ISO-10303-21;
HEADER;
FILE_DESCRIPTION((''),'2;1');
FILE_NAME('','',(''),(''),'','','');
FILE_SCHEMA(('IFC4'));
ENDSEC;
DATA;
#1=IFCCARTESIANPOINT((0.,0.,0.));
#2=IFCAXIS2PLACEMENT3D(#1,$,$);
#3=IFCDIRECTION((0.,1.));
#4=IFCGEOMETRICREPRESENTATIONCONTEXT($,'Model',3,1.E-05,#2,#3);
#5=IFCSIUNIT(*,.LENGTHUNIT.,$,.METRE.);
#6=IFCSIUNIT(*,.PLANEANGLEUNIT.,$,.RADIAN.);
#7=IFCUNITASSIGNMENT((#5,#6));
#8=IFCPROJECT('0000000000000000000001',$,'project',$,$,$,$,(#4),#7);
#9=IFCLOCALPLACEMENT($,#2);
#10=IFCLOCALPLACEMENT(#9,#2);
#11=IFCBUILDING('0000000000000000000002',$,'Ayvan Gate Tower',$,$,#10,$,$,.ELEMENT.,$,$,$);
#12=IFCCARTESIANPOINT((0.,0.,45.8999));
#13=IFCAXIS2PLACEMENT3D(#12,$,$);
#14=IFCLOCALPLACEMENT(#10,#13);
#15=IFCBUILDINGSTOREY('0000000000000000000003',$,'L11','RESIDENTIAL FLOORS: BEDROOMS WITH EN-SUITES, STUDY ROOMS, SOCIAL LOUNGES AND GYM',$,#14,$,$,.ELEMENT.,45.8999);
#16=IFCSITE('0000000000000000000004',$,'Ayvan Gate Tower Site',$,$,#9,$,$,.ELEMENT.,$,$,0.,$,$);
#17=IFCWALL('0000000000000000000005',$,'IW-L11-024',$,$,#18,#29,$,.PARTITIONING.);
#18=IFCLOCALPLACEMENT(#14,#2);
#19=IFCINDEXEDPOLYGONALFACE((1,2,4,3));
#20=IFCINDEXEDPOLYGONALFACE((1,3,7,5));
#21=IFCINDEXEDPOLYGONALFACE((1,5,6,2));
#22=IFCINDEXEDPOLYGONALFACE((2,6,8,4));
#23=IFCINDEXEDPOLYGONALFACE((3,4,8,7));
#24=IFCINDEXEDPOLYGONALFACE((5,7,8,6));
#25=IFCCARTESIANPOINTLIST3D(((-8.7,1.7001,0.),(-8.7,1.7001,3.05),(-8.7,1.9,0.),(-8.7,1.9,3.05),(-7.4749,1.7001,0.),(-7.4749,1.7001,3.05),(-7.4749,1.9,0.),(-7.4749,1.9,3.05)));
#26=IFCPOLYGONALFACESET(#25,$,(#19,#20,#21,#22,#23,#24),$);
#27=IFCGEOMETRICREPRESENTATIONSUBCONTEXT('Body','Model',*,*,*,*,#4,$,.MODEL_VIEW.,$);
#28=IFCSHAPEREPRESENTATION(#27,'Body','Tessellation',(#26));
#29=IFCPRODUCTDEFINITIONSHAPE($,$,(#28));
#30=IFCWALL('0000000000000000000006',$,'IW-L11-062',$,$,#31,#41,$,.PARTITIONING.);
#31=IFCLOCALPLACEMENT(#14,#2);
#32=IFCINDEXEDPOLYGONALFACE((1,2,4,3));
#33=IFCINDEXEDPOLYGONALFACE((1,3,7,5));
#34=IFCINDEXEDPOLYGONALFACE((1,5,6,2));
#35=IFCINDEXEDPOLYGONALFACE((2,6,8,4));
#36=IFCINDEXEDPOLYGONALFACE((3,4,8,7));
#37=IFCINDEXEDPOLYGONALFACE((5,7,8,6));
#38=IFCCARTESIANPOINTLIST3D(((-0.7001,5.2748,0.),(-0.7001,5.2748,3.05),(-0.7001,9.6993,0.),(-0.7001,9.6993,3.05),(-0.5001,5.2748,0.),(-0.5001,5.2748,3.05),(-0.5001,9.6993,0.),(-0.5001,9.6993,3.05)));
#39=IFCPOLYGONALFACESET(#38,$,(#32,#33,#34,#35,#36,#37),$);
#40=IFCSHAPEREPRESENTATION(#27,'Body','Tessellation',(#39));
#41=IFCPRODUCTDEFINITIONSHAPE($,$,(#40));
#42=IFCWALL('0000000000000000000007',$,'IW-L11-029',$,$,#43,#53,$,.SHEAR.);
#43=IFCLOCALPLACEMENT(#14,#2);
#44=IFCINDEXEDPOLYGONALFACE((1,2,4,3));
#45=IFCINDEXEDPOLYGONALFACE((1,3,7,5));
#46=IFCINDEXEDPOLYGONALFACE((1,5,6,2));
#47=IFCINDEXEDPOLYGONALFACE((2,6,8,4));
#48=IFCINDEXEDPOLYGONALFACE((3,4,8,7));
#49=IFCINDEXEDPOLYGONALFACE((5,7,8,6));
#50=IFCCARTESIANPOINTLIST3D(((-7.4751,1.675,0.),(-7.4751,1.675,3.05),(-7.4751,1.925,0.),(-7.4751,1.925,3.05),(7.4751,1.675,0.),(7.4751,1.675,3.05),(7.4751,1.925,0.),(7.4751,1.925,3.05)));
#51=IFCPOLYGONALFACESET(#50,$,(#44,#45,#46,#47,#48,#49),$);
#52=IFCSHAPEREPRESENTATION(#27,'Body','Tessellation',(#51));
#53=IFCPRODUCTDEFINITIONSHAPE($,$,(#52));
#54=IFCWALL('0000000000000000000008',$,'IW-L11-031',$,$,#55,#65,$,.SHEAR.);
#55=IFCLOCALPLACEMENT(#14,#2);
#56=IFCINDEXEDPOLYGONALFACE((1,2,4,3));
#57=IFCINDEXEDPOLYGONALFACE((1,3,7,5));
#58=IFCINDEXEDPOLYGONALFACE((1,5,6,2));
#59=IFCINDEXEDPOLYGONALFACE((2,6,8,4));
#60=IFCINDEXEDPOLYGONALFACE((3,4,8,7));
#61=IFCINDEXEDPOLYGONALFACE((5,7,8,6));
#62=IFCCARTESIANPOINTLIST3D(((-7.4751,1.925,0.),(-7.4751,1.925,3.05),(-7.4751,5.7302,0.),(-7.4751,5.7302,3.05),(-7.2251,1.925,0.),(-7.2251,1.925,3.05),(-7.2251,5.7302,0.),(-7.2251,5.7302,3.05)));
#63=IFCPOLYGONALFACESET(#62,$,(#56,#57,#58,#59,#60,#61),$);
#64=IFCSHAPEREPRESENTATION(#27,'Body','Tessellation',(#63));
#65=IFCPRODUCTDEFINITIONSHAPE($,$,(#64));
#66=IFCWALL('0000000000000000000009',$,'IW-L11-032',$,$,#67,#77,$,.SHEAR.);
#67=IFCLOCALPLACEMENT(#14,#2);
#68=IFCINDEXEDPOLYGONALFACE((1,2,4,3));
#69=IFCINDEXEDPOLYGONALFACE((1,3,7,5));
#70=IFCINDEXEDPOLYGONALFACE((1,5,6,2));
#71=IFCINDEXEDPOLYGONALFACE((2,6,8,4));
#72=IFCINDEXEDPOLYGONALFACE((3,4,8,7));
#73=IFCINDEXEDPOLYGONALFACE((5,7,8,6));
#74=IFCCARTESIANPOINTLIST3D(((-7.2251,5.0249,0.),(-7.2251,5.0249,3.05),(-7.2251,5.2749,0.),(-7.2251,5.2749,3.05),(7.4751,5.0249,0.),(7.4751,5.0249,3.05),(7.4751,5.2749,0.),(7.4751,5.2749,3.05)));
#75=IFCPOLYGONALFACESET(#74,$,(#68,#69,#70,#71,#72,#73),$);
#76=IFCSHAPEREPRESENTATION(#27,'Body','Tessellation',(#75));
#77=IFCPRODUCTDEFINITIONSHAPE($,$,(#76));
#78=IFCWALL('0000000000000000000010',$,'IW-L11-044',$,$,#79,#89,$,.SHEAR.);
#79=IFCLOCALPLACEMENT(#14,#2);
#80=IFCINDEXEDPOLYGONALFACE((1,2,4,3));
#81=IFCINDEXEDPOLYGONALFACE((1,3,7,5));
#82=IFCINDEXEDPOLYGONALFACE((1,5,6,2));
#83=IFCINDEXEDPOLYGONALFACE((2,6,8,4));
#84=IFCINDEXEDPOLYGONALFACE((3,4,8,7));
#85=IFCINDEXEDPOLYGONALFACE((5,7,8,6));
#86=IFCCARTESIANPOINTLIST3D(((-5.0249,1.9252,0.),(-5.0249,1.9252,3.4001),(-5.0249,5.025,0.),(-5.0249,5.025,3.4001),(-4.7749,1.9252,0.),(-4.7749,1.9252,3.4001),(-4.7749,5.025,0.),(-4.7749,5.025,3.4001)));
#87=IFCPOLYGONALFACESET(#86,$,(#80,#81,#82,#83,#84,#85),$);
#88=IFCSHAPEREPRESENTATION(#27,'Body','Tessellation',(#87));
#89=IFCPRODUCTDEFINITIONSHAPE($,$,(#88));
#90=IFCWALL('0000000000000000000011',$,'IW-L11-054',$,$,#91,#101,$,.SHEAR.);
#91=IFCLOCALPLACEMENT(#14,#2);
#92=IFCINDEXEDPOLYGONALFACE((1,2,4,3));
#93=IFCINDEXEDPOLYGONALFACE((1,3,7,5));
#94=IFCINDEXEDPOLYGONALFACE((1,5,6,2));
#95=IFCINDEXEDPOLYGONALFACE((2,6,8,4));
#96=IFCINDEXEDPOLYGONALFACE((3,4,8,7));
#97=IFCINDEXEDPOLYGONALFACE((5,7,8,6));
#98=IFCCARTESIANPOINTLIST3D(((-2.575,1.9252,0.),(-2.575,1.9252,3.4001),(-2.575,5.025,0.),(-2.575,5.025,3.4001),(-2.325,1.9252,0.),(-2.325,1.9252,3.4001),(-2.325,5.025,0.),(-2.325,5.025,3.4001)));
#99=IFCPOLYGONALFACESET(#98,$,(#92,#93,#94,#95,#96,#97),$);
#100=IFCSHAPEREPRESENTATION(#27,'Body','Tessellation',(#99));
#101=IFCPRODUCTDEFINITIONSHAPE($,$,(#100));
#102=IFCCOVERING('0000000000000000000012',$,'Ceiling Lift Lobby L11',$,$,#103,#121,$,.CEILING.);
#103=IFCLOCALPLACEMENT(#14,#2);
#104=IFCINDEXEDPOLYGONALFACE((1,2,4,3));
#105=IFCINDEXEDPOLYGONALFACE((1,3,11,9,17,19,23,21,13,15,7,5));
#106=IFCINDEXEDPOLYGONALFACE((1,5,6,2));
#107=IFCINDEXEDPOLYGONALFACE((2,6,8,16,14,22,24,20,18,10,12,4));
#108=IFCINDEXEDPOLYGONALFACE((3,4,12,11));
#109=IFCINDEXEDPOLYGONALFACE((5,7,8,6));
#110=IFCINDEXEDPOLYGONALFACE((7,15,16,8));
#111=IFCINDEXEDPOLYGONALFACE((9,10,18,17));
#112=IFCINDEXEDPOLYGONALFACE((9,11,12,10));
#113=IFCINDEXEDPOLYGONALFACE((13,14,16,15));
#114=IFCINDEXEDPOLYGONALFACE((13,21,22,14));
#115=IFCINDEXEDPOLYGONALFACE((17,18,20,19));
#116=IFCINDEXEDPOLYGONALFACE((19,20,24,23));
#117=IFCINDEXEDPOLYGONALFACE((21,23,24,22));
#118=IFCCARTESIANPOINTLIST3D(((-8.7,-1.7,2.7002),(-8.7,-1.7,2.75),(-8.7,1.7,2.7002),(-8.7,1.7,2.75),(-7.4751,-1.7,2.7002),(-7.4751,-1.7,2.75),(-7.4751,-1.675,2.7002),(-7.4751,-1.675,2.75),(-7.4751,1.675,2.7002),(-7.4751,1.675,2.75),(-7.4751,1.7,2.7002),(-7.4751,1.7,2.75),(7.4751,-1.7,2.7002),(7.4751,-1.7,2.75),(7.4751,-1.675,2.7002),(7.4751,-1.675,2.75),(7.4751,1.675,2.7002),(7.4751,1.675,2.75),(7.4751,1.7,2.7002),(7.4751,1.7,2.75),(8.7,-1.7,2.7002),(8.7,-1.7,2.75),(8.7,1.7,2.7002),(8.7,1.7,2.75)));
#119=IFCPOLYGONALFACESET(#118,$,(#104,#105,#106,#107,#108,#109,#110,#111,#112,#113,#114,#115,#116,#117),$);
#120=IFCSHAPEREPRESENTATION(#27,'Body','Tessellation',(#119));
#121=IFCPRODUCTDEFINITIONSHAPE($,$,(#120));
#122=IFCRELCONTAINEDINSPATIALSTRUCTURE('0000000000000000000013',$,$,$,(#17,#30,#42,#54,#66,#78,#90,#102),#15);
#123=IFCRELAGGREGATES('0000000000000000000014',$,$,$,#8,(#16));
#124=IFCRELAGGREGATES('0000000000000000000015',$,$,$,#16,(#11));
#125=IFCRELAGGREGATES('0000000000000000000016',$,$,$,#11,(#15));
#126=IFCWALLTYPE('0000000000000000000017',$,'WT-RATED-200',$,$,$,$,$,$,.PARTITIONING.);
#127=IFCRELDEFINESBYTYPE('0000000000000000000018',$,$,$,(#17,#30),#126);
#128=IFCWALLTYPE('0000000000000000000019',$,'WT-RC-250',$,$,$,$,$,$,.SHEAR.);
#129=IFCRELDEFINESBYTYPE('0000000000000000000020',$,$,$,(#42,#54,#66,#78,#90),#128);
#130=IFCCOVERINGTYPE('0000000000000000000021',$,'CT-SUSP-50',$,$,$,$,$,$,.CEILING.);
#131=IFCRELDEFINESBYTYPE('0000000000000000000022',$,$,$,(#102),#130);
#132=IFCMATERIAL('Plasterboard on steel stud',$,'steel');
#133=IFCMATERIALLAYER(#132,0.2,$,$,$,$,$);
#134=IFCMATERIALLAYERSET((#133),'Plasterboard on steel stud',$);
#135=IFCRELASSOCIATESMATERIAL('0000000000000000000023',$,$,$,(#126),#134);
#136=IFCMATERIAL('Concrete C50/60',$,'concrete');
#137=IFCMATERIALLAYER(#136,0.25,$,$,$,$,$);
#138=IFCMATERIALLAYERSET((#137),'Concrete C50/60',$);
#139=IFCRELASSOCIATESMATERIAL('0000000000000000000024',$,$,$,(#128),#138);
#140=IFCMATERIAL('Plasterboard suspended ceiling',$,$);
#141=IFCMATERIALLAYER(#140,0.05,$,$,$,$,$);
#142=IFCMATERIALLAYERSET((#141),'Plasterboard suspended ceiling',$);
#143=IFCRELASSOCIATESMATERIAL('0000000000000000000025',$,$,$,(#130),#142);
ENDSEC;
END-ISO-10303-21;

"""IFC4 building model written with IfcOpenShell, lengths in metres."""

from ifc_helpers import new_model, si_unit, direction, frame, frame_2d, origin, place, context, subcontext, project, spatial, polyline, rectangle, outline, extrude, material, layer, layer_set, type_object, element, save


model = new_model("IFC4")

# Units and contexts
model_context = context("Model", 3, precision=1e-05, world=origin(), true_north=direction((0.0, 1.0)))
body_context = subcontext(model_context, "Body", "Model", "MODEL_VIEW")
ifc_project = project(units=[si_unit("LENGTHUNIT", "METRE"), si_unit("PLANEANGLEUNIT", "RADIAN")], contexts=[model_context])

# Site, building, storey
site_placement = place(None, origin())
site = spatial("IfcSite", under=ifc_project, at=site_placement, Name="Ayvan Gate Tower Site", CompositionType="ELEMENT", RefElevation=0.0)
building_placement = place(site_placement, origin())
building = spatial("IfcBuilding", under=site, at=building_placement, Name="Ayvan Gate Tower", CompositionType="ELEMENT")
storey_placement = place(building_placement, frame((0.0, 0.0, 45.8999)))
storey = spatial("IfcBuildingStorey", under=building, at=storey_placement, Name="L11", Description="RESIDENTIAL FLOORS: BEDROOMS WITH EN-SUITES, STUDY ROOMS, SOCIAL LOUNGES AND GYM", CompositionType="ELEMENT", Elevation=45.8999)

# Shared definitions
ifc_material_1 = material(Name="Plasterboard on steel stud", Category="steel")

# Walls
ifc_layer_1 = layer(ifc_material_1, 0.2)
ifc_layer_set_1 = layer_set([ifc_layer_1], Name="Plasterboard on steel stud")
wall_type_1 = type_object("IfcWallType", Name="WT-RATED-200", PredefinedType="PARTITIONING", material=ifc_layer_set_1)
wall_1_placement = place(storey_placement, frame((-8.7, 1.8, 0.0), z_axis=(0.0, 0.0, 1.0), x_axis=(1.0, 0.0, 0.0)))
element("IfcWall", 1, at=wall_1_placement, inside=storey, type_object=wall_type_1, Name="IW-L11-024", PredefinedType="PARTITIONING", context=body_context, shape_type="SweptSolid", body=[
    extrude(rectangle(XDim=1.2251, YDim=0.2, at=frame_2d((0.6125, 0.0))), origin(), (0.0, 0.0, 1.0), 3.05),
])
wall_2_placement = place(storey_placement, frame((-0.6001, 9.6995, 0.0), z_axis=(0.0, 0.0, 1.0), x_axis=(0.0, -1.0, 0.0)))
element("IfcWall", 2, at=wall_2_placement, inside=storey, type_object=wall_type_1, Name="IW-L11-062", PredefinedType="PARTITIONING", context=body_context, shape_type="SweptSolid", body=[
    extrude(rectangle(XDim=4.4246, YDim=0.2, at=frame_2d((2.2124, 0.0))), origin(), (0.0, 0.0, 1.0), 3.05),
])
ifc_material_2 = material(Name="Concrete C50/60", Category="concrete")
ifc_layer_2 = layer(ifc_material_2, 0.25)
ifc_layer_set_2 = layer_set([ifc_layer_2], Name="Concrete C50/60")
wall_type_2 = type_object("IfcWallType", Name="WT-RC-250", PredefinedType="SHEAR", material=ifc_layer_set_2)
wall_3_placement = place(storey_placement, frame((-7.4751, 1.8, 0.0), z_axis=(0.0, 0.0, 1.0), x_axis=(1.0, 0.0, 0.0)))
element("IfcWall", 3, at=wall_3_placement, inside=storey, type_object=wall_type_2, Name="IW-L11-029", PredefinedType="SHEAR", context=body_context, shape_type="SweptSolid", body=[
    extrude(rectangle(XDim=14.9502, YDim=0.25, at=frame_2d((7.4751, 0.0))), origin(), (0.0, 0.0, 1.0), 3.05),
])
wall_4_placement = place(storey_placement, frame((-7.3501, 1.925, 0.0), z_axis=(0.0, 0.0, 1.0), x_axis=(0.0, 1.0, 0.0)))
element("IfcWall", 4, at=wall_4_placement, inside=storey, type_object=wall_type_2, Name="IW-L11-031", PredefinedType="SHEAR", context=body_context, shape_type="SweptSolid", body=[
    extrude(rectangle(XDim=3.8052, YDim=0.25, at=frame_2d((1.9026, 0.0))), origin(), (0.0, 0.0, 1.0), 3.05),
])
wall_5_placement = place(storey_placement, frame((-7.2251, 5.1499, 0.0), z_axis=(0.0, 0.0, 1.0), x_axis=(1.0, 0.0, 0.0)))
element("IfcWall", 5, at=wall_5_placement, inside=storey, type_object=wall_type_2, Name="IW-L11-032", PredefinedType="SHEAR", context=body_context, shape_type="SweptSolid", body=[
    extrude(rectangle(XDim=14.7002, YDim=0.25, at=frame_2d((7.3501, 0.0))), origin(), (0.0, 0.0, 1.0), 3.05),
])
for number, where, z_axis, x_axis, name in (
    (6, (-4.8999, 5.0249, 0.0), (0.0, 0.0, 1.0), (0.0, -1.0, 0.0), "IW-L11-044"),
    (7, (-2.45, 5.0249, 0.0), (0.0, 0.0, 1.0), (0.0, -1.0, 0.0), "IW-L11-054"),
):
    element("IfcWall", number, at=place(storey_placement, frame(where, z_axis=z_axis, x_axis=x_axis)), inside=storey, type_object=wall_type_2, Name=name, PredefinedType="SHEAR", context=body_context, shape_type="SweptSolid", body=[
        extrude(rectangle(XDim=3.0999, YDim=0.25, at=frame_2d((1.5498, 0.0))), origin(), (0.0, 0.0, 1.0), 3.4001),
    ])

# Covering
ifc_material_3 = material(Name="Plasterboard suspended ceiling")
ifc_layer_3 = layer(ifc_material_3, 0.05)
ifc_layer_set_3 = layer_set([ifc_layer_3], Name="Plasterboard suspended ceiling")
covering_type = type_object("IfcCoveringType", Name="CT-SUSP-50", PredefinedType="CEILING", material=ifc_layer_set_3)
covering_placement = place(storey_placement, frame((0.0, 0.0, 2.7002)))
element("IfcCovering", 8, at=covering_placement, inside=storey, type_object=covering_type, Name="Ceiling Lift Lobby L11", PredefinedType="CEILING", context=body_context, shape_type="SweptSolid", body=[
    extrude(outline(polyline([(7.4751, -1.675), (-7.4751, -1.675), (-7.4751, -1.7), (-8.7, -1.7), (-8.7, 1.7), (-7.4751, 1.7), (-7.4751, 1.675), (7.4751, 1.675), (7.4751, 1.7), (8.7, 1.7), (8.7, -1.7), (7.4751, -1.7), (7.4751, -1.675)])), origin(), (0.0, 0.0, 1.0), 0.0498),
])

save(model, "model.ifc")
